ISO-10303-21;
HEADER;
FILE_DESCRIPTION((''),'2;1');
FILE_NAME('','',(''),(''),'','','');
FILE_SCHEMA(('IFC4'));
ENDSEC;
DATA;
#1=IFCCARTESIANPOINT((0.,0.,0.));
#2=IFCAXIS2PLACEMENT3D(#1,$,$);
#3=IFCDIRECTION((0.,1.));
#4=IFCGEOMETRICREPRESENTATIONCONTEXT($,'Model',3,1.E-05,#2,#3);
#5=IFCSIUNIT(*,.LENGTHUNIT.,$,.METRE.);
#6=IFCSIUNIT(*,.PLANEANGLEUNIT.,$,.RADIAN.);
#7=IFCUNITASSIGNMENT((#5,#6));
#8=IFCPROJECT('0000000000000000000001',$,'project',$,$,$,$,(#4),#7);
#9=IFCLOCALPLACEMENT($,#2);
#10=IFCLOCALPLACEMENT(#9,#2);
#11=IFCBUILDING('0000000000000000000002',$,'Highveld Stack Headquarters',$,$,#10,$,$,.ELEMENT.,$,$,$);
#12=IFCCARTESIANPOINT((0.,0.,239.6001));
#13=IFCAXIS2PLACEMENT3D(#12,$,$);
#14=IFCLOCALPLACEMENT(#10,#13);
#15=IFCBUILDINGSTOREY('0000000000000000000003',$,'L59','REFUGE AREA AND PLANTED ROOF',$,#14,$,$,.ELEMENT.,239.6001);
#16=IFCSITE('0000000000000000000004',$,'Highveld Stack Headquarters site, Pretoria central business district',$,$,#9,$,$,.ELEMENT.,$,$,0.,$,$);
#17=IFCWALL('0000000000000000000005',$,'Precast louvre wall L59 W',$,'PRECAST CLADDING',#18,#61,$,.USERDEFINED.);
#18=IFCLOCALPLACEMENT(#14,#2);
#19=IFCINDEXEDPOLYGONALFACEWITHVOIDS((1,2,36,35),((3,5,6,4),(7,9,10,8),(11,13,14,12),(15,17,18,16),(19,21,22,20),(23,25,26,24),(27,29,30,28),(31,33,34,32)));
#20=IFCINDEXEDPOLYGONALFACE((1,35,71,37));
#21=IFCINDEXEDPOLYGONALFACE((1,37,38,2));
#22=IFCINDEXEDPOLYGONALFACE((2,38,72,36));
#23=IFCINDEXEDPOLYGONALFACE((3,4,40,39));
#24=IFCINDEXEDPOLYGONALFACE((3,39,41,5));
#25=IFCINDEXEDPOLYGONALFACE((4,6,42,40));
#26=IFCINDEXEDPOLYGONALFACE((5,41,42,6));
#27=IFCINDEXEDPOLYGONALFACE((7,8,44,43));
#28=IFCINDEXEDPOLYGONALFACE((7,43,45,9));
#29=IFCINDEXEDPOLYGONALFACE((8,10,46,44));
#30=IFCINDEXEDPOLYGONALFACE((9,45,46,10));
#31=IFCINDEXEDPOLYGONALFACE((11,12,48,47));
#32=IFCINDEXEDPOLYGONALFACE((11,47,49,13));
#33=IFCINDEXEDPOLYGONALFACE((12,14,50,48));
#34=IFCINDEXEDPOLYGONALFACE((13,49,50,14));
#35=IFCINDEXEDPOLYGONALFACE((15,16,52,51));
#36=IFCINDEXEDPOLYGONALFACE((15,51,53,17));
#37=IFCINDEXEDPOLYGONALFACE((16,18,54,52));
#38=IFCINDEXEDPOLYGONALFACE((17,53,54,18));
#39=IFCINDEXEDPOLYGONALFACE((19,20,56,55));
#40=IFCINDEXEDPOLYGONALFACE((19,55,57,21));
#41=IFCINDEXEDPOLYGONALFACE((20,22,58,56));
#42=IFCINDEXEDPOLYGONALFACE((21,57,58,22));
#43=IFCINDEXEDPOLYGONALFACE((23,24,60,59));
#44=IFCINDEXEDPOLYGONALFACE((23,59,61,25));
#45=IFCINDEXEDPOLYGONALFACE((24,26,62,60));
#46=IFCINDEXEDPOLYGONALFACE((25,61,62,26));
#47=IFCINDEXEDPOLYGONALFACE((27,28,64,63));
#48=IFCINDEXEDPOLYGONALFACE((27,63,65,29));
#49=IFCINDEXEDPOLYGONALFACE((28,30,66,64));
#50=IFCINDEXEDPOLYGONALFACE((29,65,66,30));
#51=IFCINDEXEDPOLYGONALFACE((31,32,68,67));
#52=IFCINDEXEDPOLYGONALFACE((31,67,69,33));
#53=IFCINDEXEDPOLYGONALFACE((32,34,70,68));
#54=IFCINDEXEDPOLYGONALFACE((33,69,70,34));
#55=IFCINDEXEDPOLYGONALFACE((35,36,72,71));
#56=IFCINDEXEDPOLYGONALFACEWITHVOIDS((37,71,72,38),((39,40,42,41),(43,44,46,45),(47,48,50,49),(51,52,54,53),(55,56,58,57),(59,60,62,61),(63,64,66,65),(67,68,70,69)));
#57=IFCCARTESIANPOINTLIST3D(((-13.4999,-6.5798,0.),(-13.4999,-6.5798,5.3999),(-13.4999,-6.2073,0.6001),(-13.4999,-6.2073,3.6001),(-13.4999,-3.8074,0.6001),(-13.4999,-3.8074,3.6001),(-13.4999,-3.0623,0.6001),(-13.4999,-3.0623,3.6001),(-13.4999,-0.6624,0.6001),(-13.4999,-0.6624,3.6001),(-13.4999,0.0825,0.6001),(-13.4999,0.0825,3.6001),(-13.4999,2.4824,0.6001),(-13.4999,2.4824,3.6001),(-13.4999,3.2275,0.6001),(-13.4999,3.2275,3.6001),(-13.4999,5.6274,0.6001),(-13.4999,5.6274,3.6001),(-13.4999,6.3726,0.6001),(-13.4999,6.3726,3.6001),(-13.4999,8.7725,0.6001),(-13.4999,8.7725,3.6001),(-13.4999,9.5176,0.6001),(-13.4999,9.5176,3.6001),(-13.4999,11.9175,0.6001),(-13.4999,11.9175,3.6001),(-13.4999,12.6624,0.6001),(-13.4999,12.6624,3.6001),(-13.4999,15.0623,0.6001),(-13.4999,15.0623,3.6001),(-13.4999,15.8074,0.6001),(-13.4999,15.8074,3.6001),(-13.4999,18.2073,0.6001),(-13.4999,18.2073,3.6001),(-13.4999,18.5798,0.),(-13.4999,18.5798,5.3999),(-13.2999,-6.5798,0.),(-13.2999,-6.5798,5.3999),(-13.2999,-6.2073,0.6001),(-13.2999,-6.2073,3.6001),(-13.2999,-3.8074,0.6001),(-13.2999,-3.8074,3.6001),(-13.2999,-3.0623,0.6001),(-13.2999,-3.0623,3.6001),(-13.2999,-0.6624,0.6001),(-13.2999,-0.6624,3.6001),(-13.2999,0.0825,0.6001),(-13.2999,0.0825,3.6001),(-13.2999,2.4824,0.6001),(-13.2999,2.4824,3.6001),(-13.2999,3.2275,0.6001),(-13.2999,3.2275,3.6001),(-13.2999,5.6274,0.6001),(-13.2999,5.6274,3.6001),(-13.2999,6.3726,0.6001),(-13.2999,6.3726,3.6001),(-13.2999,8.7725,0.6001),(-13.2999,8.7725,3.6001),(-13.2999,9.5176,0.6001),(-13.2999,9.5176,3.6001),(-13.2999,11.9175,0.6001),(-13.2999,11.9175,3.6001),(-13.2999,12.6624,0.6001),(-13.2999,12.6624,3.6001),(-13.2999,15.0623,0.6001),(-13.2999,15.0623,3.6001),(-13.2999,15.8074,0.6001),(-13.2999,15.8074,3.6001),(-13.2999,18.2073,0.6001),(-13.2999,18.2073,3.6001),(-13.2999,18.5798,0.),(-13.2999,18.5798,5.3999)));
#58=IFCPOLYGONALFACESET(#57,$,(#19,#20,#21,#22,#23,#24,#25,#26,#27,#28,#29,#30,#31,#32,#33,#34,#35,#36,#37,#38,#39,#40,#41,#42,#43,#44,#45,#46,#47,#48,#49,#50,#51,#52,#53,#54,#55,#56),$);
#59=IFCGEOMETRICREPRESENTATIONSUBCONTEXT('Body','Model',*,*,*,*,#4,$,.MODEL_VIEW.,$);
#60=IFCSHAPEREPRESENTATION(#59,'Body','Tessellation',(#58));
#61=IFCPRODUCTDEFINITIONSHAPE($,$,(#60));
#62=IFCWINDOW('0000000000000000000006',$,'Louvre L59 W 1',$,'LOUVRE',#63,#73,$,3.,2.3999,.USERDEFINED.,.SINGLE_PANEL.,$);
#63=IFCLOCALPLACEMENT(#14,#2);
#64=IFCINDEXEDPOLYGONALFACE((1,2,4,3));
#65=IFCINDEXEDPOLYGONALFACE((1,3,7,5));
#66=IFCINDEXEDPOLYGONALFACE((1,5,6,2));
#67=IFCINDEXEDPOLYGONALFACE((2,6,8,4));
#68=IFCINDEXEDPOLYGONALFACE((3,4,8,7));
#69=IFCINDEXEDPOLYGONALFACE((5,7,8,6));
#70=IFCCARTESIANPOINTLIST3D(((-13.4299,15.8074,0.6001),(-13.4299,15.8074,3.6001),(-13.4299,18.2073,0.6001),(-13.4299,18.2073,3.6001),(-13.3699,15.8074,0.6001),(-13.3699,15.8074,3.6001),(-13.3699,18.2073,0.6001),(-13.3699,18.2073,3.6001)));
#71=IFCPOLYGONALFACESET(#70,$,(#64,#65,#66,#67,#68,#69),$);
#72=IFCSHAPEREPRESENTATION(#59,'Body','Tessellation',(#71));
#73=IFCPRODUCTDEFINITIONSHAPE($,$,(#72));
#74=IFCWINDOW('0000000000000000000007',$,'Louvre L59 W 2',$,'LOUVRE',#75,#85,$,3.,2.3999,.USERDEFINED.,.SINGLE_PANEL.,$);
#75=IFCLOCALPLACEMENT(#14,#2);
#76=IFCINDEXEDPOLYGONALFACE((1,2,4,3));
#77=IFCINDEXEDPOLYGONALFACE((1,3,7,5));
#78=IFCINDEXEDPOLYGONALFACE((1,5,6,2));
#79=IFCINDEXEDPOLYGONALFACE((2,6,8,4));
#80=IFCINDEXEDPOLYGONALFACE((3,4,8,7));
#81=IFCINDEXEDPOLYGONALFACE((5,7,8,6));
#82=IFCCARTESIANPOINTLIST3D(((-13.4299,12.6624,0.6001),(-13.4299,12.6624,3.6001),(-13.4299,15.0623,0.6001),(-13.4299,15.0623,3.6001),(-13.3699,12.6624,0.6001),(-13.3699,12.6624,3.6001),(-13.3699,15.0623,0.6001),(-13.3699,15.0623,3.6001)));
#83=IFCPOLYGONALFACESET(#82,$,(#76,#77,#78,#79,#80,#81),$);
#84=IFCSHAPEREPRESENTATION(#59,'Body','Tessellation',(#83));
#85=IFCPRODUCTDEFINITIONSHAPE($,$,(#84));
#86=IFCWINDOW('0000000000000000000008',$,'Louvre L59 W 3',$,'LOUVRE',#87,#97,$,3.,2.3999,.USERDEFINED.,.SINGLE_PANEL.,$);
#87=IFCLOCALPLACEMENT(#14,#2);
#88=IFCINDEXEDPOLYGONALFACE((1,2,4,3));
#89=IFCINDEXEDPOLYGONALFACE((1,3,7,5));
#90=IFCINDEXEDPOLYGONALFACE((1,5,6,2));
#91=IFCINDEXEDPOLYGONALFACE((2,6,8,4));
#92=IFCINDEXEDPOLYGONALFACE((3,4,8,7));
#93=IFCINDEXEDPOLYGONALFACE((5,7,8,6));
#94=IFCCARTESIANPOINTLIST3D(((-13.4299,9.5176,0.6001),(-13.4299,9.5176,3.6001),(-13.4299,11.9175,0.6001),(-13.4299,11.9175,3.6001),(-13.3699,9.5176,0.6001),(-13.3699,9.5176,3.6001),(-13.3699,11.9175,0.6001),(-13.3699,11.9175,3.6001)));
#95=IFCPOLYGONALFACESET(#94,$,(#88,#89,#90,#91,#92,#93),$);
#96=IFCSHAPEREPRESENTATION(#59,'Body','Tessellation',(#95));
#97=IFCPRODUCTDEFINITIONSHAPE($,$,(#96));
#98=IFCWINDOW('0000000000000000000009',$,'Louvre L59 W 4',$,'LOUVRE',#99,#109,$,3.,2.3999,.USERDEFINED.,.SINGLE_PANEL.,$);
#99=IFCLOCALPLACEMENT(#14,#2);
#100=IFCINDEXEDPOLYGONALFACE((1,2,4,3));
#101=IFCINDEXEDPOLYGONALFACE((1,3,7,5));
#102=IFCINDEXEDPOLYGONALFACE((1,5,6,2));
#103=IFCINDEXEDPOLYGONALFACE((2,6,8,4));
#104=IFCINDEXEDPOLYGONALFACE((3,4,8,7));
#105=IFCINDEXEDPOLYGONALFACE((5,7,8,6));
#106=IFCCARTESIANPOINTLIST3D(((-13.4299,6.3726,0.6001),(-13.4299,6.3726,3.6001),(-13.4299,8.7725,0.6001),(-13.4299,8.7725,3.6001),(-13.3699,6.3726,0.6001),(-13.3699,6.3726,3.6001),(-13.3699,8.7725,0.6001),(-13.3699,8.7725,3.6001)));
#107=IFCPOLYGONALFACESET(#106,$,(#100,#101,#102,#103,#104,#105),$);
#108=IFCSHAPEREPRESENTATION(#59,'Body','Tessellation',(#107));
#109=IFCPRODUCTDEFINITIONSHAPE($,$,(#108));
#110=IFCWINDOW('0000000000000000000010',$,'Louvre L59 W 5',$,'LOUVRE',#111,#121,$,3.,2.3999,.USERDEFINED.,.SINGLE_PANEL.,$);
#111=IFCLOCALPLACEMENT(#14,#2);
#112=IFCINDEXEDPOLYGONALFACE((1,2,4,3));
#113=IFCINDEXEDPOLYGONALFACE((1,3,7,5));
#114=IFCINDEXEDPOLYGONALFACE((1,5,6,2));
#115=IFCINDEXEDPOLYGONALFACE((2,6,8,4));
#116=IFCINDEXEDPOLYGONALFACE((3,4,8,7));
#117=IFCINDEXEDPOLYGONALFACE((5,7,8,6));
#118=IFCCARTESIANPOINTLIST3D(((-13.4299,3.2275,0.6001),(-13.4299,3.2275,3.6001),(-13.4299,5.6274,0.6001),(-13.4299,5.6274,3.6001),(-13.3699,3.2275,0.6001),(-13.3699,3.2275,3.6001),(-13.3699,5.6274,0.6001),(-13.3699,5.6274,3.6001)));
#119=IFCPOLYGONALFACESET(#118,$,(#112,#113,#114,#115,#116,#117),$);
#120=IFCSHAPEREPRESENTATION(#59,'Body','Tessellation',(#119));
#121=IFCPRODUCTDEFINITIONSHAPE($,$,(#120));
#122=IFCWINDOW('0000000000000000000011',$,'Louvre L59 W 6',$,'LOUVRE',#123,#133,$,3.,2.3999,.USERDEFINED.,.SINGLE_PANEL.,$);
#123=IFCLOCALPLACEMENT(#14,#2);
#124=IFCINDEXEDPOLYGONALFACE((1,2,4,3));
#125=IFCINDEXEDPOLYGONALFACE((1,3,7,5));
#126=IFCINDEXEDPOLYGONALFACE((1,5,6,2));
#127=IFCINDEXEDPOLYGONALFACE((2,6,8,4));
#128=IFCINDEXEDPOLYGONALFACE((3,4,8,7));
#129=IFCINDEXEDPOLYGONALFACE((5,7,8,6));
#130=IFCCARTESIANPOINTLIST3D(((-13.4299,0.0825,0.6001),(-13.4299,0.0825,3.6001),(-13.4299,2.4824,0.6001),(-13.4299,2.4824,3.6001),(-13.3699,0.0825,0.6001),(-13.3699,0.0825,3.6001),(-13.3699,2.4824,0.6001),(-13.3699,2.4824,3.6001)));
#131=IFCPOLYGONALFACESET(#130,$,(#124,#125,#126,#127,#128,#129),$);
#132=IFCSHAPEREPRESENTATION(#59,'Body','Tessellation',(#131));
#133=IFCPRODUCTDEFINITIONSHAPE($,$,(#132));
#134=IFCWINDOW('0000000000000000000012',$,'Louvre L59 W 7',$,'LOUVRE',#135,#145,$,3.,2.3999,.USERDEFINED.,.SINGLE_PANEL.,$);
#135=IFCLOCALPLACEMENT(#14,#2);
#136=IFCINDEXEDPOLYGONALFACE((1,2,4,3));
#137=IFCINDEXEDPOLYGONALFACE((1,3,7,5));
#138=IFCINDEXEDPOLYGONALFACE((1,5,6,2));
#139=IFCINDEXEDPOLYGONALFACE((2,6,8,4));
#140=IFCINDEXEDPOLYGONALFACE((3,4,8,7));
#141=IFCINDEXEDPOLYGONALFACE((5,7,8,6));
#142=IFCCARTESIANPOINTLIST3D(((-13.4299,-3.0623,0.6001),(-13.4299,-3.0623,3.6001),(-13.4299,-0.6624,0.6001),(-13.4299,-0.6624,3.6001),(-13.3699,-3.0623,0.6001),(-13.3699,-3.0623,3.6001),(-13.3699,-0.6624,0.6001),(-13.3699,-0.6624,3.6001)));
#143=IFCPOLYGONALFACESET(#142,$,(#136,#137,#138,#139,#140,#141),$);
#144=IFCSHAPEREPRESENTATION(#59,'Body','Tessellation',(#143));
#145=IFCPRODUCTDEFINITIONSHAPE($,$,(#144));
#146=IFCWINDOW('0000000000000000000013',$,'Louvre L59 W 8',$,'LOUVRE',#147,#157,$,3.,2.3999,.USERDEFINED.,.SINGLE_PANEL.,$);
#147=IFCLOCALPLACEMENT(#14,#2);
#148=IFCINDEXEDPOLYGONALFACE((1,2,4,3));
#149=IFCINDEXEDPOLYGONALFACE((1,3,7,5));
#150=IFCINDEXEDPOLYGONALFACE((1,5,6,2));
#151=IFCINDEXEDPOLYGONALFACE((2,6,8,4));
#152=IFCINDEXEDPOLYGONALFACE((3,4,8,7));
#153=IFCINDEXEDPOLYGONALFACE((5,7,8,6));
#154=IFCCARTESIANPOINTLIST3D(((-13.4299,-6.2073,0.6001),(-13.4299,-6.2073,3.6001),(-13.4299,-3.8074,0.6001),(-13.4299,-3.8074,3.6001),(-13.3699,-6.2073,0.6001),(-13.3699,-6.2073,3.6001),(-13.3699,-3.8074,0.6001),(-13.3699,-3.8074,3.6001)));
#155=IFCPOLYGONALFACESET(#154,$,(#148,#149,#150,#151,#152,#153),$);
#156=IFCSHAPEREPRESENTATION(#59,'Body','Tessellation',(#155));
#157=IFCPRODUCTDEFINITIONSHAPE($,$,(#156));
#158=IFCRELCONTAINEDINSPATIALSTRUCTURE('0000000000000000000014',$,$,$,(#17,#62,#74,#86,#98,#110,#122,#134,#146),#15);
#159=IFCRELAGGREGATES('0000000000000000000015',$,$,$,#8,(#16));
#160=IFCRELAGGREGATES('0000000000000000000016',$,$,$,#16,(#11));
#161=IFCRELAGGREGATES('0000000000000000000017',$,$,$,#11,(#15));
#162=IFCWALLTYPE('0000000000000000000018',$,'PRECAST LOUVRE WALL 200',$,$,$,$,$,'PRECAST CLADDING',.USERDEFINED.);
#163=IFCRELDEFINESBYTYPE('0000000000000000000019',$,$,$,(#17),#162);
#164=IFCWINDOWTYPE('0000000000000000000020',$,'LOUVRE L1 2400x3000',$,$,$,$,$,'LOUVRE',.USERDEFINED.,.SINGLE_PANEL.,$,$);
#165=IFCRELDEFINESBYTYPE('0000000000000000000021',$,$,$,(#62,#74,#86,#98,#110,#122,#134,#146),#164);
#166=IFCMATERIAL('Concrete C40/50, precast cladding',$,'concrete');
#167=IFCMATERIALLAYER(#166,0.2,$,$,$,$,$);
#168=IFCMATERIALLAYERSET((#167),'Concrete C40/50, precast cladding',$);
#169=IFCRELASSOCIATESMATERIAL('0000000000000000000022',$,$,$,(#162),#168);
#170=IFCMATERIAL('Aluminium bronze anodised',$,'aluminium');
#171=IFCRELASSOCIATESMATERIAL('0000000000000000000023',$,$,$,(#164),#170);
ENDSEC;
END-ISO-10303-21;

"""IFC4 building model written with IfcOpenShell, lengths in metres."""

from ifc_helpers import new_model, si_unit, direction, frame, frame_2d, origin, place, context, subcontext, project, spatial, rectangle, extrude, material, layer, layer_set, type_object, element, fill, save


model = new_model("IFC4")

# Units and contexts
model_context = context("Model", 3, precision=1e-05, world=origin(), true_north=direction((0.0, 1.0)))
body_context = subcontext(model_context, "Body", "Model", "MODEL_VIEW")
ifc_project = project(units=[si_unit("LENGTHUNIT", "METRE"), si_unit("PLANEANGLEUNIT", "RADIAN")], contexts=[model_context])

# Site, building, storey
site_placement = place(None, origin())
site = spatial("IfcSite", under=ifc_project, at=site_placement, Name="Highveld Stack Headquarters site, Pretoria central business district", CompositionType="ELEMENT", RefElevation=0.0)
building_placement = place(site_placement, origin())
building = spatial("IfcBuilding", under=site, at=building_placement, Name="Highveld Stack Headquarters", CompositionType="ELEMENT")
storey_placement = place(building_placement, frame((0.0, 0.0, 239.6001)))
storey = spatial("IfcBuildingStorey", under=building, at=storey_placement, Name="L59", Description="REFUGE AREA AND PLANTED ROOF", CompositionType="ELEMENT", Elevation=239.6001)

# Wall, openings, windows
ifc_material_1 = material(Name="Concrete C40/50, precast cladding", Category="concrete")
ifc_layer_1 = layer(ifc_material_1, 0.2)
ifc_layer_set_1 = layer_set([ifc_layer_1], Name="Concrete C40/50, precast cladding")
wall_type_1 = type_object("IfcWallType", Name="PRECAST LOUVRE WALL 200", ElementType="PRECAST CLADDING", PredefinedType="USERDEFINED", material=ifc_layer_set_1)
wall_1_placement = place(storey_placement, frame((-13.3999, 18.5798, 0.0), z_axis=(0.0, 0.0, 1.0), x_axis=(0.0, -1.0, 0.0)))
wall_1 = element("IfcWall", 1, at=wall_1_placement, inside=storey, type_object=wall_type_1, Name="Precast louvre wall L59 W", ObjectType="PRECAST CLADDING", PredefinedType="USERDEFINED", context=body_context, shape_type="SweptSolid", body=[
    extrude(rectangle(XDim=25.1597, YDim=0.2, at=frame_2d((12.5798, 0.0))), origin(), (0.0, 0.0, 1.0), 5.3999),
])
opening_1_placement = place(wall_1_placement, frame((0.3726, 0.0, 0.6001)))
opening_1 = element("IfcOpeningElement", 2, at=opening_1_placement, cuts=wall_1, PredefinedType="OPENING", context=body_context, shape_type="SweptSolid", body=[
    extrude(rectangle(XDim=2.3999, YDim=3.0, at=frame_2d((1.2, 1.5))), frame((0.0, 0.1099, 0.0), z_axis=(0.0, -1.0, 0.0), x_axis=(1.0, 0.0, 0.0)), (0.0, 0.0, 1.0), 0.22),
])
opening_2_placement = place(wall_1_placement, frame((3.5176, 0.0, 0.6001)))
opening_2 = element("IfcOpeningElement", 3, at=opening_2_placement, cuts=wall_1, PredefinedType="OPENING", context=body_context, shape_type="SweptSolid", body=[
    extrude(rectangle(XDim=2.3999, YDim=3.0, at=frame_2d((1.2, 1.5))), frame((0.0, 0.1099, 0.0), z_axis=(0.0, -1.0, 0.0), x_axis=(1.0, 0.0, 0.0)), (0.0, 0.0, 1.0), 0.22),
])
opening_3_placement = place(wall_1_placement, frame((6.6624, 0.0, 0.6001)))
opening_3 = element("IfcOpeningElement", 4, at=opening_3_placement, cuts=wall_1, PredefinedType="OPENING", context=body_context, shape_type="SweptSolid", body=[
    extrude(rectangle(XDim=2.3999, YDim=3.0, at=frame_2d((1.2, 1.5))), frame((0.0, 0.1099, 0.0), z_axis=(0.0, -1.0, 0.0), x_axis=(1.0, 0.0, 0.0)), (0.0, 0.0, 1.0), 0.22),
])
opening_4_placement = place(wall_1_placement, frame((9.8074, 0.0, 0.6001)))
opening_4 = element("IfcOpeningElement", 5, at=opening_4_placement, cuts=wall_1, PredefinedType="OPENING", context=body_context, shape_type="SweptSolid", body=[
    extrude(rectangle(XDim=2.3999, YDim=3.0, at=frame_2d((1.2, 1.5))), frame((0.0, 0.1099, 0.0), z_axis=(0.0, -1.0, 0.0), x_axis=(1.0, 0.0, 0.0)), (0.0, 0.0, 1.0), 0.22),
])
opening_5_placement = place(wall_1_placement, frame((12.9524, 0.0, 0.6001)))
opening_5 = element("IfcOpeningElement", 6, at=opening_5_placement, cuts=wall_1, PredefinedType="OPENING", context=body_context, shape_type="SweptSolid", body=[
    extrude(rectangle(XDim=2.3999, YDim=3.0, at=frame_2d((1.2, 1.5))), frame((0.0, 0.1099, 0.0), z_axis=(0.0, -1.0, 0.0), x_axis=(1.0, 0.0, 0.0)), (0.0, 0.0, 1.0), 0.22),
])
opening_6_placement = place(wall_1_placement, frame((16.0974, 0.0, 0.6001)))
opening_6 = element("IfcOpeningElement", 7, at=opening_6_placement, cuts=wall_1, PredefinedType="OPENING", context=body_context, shape_type="SweptSolid", body=[
    extrude(rectangle(XDim=2.3999, YDim=3.0, at=frame_2d((1.2, 1.5))), frame((0.0, 0.1099, 0.0), z_axis=(0.0, -1.0, 0.0), x_axis=(1.0, 0.0, 0.0)), (0.0, 0.0, 1.0), 0.22),
])
opening_7_placement = place(wall_1_placement, frame((19.2422, 0.0, 0.6001)))
opening_7 = element("IfcOpeningElement", 8, at=opening_7_placement, cuts=wall_1, PredefinedType="OPENING", context=body_context, shape_type="SweptSolid", body=[
    extrude(rectangle(XDim=2.3999, YDim=3.0, at=frame_2d((1.2, 1.5))), frame((0.0, 0.1099, 0.0), z_axis=(0.0, -1.0, 0.0), x_axis=(1.0, 0.0, 0.0)), (0.0, 0.0, 1.0), 0.22),
])
opening_8_placement = place(wall_1_placement, frame((22.3872, 0.0, 0.6001)))
opening_8 = element("IfcOpeningElement", 9, at=opening_8_placement, cuts=wall_1, PredefinedType="OPENING", context=body_context, shape_type="SweptSolid", body=[
    extrude(rectangle(XDim=2.3999, YDim=3.0, at=frame_2d((1.2, 1.5))), frame((0.0, 0.1099, 0.0), z_axis=(0.0, -1.0, 0.0), x_axis=(1.0, 0.0, 0.0)), (0.0, 0.0, 1.0), 0.22),
])
ifc_material_2 = material(Name="Aluminium bronze anodised", Category="aluminium")
window_type_1 = type_object("IfcWindowType", Name="LOUVRE L1 2400x3000", ElementType="LOUVRE", PartitioningType="SINGLE_PANEL", PredefinedType="USERDEFINED", material=ifc_material_2)
window_1_placement = place(opening_1_placement, origin())
window_1 = element("IfcWindow", 10, at=window_1_placement, inside=storey, type_object=window_type_1, Name="Louvre L59 W 1", ObjectType="LOUVRE", OverallHeight=3.0, OverallWidth=2.3999, PartitioningType="SINGLE_PANEL", PredefinedType="USERDEFINED", context=body_context, shape_type="SweptSolid", body=[
    extrude(rectangle(XDim=2.3999, YDim=3.0, at=frame_2d((1.2, 1.5))), frame((0.0, 0.03, 0.0), z_axis=(0.0, -1.0, 0.0), x_axis=(1.0, 0.0, 0.0)), (0.0, 0.0, 1.0), 0.0601),
])
fill(opening_1, window_1)
window_2_placement = place(opening_2_placement, origin())
window_2 = element("IfcWindow", 11, at=window_2_placement, inside=storey, type_object=window_type_1, Name="Louvre L59 W 2", ObjectType="LOUVRE", OverallHeight=3.0, OverallWidth=2.3999, PartitioningType="SINGLE_PANEL", PredefinedType="USERDEFINED", context=body_context, shape_type="SweptSolid", body=[
    extrude(rectangle(XDim=2.3999, YDim=3.0, at=frame_2d((1.2, 1.5))), frame((0.0, 0.03, 0.0), z_axis=(0.0, -1.0, 0.0), x_axis=(1.0, 0.0, 0.0)), (0.0, 0.0, 1.0), 0.0601),
])
fill(opening_2, window_2)
window_3_placement = place(opening_3_placement, origin())
window_3 = element("IfcWindow", 12, at=window_3_placement, inside=storey, type_object=window_type_1, Name="Louvre L59 W 3", ObjectType="LOUVRE", OverallHeight=3.0, OverallWidth=2.3999, PartitioningType="SINGLE_PANEL", PredefinedType="USERDEFINED", context=body_context, shape_type="SweptSolid", body=[
    extrude(rectangle(XDim=2.3999, YDim=3.0, at=frame_2d((1.2, 1.5))), frame((0.0, 0.03, 0.0), z_axis=(0.0, -1.0, 0.0), x_axis=(1.0, 0.0, 0.0)), (0.0, 0.0, 1.0), 0.0601),
])
fill(opening_3, window_3)
window_4_placement = place(opening_4_placement, origin())
window_4 = element("IfcWindow", 13, at=window_4_placement, inside=storey, type_object=window_type_1, Name="Louvre L59 W 4", ObjectType="LOUVRE", OverallHeight=3.0, OverallWidth=2.3999, PartitioningType="SINGLE_PANEL", PredefinedType="USERDEFINED", context=body_context, shape_type="SweptSolid", body=[
    extrude(rectangle(XDim=2.3999, YDim=3.0, at=frame_2d((1.2, 1.5))), frame((0.0, 0.03, 0.0), z_axis=(0.0, -1.0, 0.0), x_axis=(1.0, 0.0, 0.0)), (0.0, 0.0, 1.0), 0.0601),
])
fill(opening_4, window_4)
window_5_placement = place(opening_5_placement, origin())
window_5 = element("IfcWindow", 14, at=window_5_placement, inside=storey, type_object=window_type_1, Name="Louvre L59 W 5", ObjectType="LOUVRE", OverallHeight=3.0, OverallWidth=2.3999, PartitioningType="SINGLE_PANEL", PredefinedType="USERDEFINED", context=body_context, shape_type="SweptSolid", body=[
    extrude(rectangle(XDim=2.3999, YDim=3.0, at=frame_2d((1.2, 1.5))), frame((0.0, 0.03, 0.0), z_axis=(0.0, -1.0, 0.0), x_axis=(1.0, 0.0, 0.0)), (0.0, 0.0, 1.0), 0.0601),
])
fill(opening_5, window_5)
window_6_placement = place(opening_6_placement, origin())
window_6 = element("IfcWindow", 15, at=window_6_placement, inside=storey, type_object=window_type_1, Name="Louvre L59 W 6", ObjectType="LOUVRE", OverallHeight=3.0, OverallWidth=2.3999, PartitioningType="SINGLE_PANEL", PredefinedType="USERDEFINED", context=body_context, shape_type="SweptSolid", body=[
    extrude(rectangle(XDim=2.3999, YDim=3.0, at=frame_2d((1.2, 1.5))), frame((0.0, 0.03, 0.0), z_axis=(0.0, -1.0, 0.0), x_axis=(1.0, 0.0, 0.0)), (0.0, 0.0, 1.0), 0.0601),
])
fill(opening_6, window_6)
window_7_placement = place(opening_7_placement, origin())
window_7 = element("IfcWindow", 16, at=window_7_placement, inside=storey, type_object=window_type_1, Name="Louvre L59 W 7", ObjectType="LOUVRE", OverallHeight=3.0, OverallWidth=2.3999, PartitioningType="SINGLE_PANEL", PredefinedType="USERDEFINED", context=body_context, shape_type="SweptSolid", body=[
    extrude(rectangle(XDim=2.3999, YDim=3.0, at=frame_2d((1.2, 1.5))), frame((0.0, 0.03, 0.0), z_axis=(0.0, -1.0, 0.0), x_axis=(1.0, 0.0, 0.0)), (0.0, 0.0, 1.0), 0.0601),
])
fill(opening_7, window_7)
window_8_placement = place(opening_8_placement, origin())
window_8 = element("IfcWindow", 17, at=window_8_placement, inside=storey, type_object=window_type_1, Name="Louvre L59 W 8", ObjectType="LOUVRE", OverallHeight=3.0, OverallWidth=2.3999, PartitioningType="SINGLE_PANEL", PredefinedType="USERDEFINED", context=body_context, shape_type="SweptSolid", body=[
    extrude(rectangle(XDim=2.3999, YDim=3.0, at=frame_2d((1.2, 1.5))), frame((0.0, 0.03, 0.0), z_axis=(0.0, -1.0, 0.0), x_axis=(1.0, 0.0, 0.0)), (0.0, 0.0, 1.0), 0.0601),
])
fill(opening_8, window_8)

save(model, "model.ifc")
